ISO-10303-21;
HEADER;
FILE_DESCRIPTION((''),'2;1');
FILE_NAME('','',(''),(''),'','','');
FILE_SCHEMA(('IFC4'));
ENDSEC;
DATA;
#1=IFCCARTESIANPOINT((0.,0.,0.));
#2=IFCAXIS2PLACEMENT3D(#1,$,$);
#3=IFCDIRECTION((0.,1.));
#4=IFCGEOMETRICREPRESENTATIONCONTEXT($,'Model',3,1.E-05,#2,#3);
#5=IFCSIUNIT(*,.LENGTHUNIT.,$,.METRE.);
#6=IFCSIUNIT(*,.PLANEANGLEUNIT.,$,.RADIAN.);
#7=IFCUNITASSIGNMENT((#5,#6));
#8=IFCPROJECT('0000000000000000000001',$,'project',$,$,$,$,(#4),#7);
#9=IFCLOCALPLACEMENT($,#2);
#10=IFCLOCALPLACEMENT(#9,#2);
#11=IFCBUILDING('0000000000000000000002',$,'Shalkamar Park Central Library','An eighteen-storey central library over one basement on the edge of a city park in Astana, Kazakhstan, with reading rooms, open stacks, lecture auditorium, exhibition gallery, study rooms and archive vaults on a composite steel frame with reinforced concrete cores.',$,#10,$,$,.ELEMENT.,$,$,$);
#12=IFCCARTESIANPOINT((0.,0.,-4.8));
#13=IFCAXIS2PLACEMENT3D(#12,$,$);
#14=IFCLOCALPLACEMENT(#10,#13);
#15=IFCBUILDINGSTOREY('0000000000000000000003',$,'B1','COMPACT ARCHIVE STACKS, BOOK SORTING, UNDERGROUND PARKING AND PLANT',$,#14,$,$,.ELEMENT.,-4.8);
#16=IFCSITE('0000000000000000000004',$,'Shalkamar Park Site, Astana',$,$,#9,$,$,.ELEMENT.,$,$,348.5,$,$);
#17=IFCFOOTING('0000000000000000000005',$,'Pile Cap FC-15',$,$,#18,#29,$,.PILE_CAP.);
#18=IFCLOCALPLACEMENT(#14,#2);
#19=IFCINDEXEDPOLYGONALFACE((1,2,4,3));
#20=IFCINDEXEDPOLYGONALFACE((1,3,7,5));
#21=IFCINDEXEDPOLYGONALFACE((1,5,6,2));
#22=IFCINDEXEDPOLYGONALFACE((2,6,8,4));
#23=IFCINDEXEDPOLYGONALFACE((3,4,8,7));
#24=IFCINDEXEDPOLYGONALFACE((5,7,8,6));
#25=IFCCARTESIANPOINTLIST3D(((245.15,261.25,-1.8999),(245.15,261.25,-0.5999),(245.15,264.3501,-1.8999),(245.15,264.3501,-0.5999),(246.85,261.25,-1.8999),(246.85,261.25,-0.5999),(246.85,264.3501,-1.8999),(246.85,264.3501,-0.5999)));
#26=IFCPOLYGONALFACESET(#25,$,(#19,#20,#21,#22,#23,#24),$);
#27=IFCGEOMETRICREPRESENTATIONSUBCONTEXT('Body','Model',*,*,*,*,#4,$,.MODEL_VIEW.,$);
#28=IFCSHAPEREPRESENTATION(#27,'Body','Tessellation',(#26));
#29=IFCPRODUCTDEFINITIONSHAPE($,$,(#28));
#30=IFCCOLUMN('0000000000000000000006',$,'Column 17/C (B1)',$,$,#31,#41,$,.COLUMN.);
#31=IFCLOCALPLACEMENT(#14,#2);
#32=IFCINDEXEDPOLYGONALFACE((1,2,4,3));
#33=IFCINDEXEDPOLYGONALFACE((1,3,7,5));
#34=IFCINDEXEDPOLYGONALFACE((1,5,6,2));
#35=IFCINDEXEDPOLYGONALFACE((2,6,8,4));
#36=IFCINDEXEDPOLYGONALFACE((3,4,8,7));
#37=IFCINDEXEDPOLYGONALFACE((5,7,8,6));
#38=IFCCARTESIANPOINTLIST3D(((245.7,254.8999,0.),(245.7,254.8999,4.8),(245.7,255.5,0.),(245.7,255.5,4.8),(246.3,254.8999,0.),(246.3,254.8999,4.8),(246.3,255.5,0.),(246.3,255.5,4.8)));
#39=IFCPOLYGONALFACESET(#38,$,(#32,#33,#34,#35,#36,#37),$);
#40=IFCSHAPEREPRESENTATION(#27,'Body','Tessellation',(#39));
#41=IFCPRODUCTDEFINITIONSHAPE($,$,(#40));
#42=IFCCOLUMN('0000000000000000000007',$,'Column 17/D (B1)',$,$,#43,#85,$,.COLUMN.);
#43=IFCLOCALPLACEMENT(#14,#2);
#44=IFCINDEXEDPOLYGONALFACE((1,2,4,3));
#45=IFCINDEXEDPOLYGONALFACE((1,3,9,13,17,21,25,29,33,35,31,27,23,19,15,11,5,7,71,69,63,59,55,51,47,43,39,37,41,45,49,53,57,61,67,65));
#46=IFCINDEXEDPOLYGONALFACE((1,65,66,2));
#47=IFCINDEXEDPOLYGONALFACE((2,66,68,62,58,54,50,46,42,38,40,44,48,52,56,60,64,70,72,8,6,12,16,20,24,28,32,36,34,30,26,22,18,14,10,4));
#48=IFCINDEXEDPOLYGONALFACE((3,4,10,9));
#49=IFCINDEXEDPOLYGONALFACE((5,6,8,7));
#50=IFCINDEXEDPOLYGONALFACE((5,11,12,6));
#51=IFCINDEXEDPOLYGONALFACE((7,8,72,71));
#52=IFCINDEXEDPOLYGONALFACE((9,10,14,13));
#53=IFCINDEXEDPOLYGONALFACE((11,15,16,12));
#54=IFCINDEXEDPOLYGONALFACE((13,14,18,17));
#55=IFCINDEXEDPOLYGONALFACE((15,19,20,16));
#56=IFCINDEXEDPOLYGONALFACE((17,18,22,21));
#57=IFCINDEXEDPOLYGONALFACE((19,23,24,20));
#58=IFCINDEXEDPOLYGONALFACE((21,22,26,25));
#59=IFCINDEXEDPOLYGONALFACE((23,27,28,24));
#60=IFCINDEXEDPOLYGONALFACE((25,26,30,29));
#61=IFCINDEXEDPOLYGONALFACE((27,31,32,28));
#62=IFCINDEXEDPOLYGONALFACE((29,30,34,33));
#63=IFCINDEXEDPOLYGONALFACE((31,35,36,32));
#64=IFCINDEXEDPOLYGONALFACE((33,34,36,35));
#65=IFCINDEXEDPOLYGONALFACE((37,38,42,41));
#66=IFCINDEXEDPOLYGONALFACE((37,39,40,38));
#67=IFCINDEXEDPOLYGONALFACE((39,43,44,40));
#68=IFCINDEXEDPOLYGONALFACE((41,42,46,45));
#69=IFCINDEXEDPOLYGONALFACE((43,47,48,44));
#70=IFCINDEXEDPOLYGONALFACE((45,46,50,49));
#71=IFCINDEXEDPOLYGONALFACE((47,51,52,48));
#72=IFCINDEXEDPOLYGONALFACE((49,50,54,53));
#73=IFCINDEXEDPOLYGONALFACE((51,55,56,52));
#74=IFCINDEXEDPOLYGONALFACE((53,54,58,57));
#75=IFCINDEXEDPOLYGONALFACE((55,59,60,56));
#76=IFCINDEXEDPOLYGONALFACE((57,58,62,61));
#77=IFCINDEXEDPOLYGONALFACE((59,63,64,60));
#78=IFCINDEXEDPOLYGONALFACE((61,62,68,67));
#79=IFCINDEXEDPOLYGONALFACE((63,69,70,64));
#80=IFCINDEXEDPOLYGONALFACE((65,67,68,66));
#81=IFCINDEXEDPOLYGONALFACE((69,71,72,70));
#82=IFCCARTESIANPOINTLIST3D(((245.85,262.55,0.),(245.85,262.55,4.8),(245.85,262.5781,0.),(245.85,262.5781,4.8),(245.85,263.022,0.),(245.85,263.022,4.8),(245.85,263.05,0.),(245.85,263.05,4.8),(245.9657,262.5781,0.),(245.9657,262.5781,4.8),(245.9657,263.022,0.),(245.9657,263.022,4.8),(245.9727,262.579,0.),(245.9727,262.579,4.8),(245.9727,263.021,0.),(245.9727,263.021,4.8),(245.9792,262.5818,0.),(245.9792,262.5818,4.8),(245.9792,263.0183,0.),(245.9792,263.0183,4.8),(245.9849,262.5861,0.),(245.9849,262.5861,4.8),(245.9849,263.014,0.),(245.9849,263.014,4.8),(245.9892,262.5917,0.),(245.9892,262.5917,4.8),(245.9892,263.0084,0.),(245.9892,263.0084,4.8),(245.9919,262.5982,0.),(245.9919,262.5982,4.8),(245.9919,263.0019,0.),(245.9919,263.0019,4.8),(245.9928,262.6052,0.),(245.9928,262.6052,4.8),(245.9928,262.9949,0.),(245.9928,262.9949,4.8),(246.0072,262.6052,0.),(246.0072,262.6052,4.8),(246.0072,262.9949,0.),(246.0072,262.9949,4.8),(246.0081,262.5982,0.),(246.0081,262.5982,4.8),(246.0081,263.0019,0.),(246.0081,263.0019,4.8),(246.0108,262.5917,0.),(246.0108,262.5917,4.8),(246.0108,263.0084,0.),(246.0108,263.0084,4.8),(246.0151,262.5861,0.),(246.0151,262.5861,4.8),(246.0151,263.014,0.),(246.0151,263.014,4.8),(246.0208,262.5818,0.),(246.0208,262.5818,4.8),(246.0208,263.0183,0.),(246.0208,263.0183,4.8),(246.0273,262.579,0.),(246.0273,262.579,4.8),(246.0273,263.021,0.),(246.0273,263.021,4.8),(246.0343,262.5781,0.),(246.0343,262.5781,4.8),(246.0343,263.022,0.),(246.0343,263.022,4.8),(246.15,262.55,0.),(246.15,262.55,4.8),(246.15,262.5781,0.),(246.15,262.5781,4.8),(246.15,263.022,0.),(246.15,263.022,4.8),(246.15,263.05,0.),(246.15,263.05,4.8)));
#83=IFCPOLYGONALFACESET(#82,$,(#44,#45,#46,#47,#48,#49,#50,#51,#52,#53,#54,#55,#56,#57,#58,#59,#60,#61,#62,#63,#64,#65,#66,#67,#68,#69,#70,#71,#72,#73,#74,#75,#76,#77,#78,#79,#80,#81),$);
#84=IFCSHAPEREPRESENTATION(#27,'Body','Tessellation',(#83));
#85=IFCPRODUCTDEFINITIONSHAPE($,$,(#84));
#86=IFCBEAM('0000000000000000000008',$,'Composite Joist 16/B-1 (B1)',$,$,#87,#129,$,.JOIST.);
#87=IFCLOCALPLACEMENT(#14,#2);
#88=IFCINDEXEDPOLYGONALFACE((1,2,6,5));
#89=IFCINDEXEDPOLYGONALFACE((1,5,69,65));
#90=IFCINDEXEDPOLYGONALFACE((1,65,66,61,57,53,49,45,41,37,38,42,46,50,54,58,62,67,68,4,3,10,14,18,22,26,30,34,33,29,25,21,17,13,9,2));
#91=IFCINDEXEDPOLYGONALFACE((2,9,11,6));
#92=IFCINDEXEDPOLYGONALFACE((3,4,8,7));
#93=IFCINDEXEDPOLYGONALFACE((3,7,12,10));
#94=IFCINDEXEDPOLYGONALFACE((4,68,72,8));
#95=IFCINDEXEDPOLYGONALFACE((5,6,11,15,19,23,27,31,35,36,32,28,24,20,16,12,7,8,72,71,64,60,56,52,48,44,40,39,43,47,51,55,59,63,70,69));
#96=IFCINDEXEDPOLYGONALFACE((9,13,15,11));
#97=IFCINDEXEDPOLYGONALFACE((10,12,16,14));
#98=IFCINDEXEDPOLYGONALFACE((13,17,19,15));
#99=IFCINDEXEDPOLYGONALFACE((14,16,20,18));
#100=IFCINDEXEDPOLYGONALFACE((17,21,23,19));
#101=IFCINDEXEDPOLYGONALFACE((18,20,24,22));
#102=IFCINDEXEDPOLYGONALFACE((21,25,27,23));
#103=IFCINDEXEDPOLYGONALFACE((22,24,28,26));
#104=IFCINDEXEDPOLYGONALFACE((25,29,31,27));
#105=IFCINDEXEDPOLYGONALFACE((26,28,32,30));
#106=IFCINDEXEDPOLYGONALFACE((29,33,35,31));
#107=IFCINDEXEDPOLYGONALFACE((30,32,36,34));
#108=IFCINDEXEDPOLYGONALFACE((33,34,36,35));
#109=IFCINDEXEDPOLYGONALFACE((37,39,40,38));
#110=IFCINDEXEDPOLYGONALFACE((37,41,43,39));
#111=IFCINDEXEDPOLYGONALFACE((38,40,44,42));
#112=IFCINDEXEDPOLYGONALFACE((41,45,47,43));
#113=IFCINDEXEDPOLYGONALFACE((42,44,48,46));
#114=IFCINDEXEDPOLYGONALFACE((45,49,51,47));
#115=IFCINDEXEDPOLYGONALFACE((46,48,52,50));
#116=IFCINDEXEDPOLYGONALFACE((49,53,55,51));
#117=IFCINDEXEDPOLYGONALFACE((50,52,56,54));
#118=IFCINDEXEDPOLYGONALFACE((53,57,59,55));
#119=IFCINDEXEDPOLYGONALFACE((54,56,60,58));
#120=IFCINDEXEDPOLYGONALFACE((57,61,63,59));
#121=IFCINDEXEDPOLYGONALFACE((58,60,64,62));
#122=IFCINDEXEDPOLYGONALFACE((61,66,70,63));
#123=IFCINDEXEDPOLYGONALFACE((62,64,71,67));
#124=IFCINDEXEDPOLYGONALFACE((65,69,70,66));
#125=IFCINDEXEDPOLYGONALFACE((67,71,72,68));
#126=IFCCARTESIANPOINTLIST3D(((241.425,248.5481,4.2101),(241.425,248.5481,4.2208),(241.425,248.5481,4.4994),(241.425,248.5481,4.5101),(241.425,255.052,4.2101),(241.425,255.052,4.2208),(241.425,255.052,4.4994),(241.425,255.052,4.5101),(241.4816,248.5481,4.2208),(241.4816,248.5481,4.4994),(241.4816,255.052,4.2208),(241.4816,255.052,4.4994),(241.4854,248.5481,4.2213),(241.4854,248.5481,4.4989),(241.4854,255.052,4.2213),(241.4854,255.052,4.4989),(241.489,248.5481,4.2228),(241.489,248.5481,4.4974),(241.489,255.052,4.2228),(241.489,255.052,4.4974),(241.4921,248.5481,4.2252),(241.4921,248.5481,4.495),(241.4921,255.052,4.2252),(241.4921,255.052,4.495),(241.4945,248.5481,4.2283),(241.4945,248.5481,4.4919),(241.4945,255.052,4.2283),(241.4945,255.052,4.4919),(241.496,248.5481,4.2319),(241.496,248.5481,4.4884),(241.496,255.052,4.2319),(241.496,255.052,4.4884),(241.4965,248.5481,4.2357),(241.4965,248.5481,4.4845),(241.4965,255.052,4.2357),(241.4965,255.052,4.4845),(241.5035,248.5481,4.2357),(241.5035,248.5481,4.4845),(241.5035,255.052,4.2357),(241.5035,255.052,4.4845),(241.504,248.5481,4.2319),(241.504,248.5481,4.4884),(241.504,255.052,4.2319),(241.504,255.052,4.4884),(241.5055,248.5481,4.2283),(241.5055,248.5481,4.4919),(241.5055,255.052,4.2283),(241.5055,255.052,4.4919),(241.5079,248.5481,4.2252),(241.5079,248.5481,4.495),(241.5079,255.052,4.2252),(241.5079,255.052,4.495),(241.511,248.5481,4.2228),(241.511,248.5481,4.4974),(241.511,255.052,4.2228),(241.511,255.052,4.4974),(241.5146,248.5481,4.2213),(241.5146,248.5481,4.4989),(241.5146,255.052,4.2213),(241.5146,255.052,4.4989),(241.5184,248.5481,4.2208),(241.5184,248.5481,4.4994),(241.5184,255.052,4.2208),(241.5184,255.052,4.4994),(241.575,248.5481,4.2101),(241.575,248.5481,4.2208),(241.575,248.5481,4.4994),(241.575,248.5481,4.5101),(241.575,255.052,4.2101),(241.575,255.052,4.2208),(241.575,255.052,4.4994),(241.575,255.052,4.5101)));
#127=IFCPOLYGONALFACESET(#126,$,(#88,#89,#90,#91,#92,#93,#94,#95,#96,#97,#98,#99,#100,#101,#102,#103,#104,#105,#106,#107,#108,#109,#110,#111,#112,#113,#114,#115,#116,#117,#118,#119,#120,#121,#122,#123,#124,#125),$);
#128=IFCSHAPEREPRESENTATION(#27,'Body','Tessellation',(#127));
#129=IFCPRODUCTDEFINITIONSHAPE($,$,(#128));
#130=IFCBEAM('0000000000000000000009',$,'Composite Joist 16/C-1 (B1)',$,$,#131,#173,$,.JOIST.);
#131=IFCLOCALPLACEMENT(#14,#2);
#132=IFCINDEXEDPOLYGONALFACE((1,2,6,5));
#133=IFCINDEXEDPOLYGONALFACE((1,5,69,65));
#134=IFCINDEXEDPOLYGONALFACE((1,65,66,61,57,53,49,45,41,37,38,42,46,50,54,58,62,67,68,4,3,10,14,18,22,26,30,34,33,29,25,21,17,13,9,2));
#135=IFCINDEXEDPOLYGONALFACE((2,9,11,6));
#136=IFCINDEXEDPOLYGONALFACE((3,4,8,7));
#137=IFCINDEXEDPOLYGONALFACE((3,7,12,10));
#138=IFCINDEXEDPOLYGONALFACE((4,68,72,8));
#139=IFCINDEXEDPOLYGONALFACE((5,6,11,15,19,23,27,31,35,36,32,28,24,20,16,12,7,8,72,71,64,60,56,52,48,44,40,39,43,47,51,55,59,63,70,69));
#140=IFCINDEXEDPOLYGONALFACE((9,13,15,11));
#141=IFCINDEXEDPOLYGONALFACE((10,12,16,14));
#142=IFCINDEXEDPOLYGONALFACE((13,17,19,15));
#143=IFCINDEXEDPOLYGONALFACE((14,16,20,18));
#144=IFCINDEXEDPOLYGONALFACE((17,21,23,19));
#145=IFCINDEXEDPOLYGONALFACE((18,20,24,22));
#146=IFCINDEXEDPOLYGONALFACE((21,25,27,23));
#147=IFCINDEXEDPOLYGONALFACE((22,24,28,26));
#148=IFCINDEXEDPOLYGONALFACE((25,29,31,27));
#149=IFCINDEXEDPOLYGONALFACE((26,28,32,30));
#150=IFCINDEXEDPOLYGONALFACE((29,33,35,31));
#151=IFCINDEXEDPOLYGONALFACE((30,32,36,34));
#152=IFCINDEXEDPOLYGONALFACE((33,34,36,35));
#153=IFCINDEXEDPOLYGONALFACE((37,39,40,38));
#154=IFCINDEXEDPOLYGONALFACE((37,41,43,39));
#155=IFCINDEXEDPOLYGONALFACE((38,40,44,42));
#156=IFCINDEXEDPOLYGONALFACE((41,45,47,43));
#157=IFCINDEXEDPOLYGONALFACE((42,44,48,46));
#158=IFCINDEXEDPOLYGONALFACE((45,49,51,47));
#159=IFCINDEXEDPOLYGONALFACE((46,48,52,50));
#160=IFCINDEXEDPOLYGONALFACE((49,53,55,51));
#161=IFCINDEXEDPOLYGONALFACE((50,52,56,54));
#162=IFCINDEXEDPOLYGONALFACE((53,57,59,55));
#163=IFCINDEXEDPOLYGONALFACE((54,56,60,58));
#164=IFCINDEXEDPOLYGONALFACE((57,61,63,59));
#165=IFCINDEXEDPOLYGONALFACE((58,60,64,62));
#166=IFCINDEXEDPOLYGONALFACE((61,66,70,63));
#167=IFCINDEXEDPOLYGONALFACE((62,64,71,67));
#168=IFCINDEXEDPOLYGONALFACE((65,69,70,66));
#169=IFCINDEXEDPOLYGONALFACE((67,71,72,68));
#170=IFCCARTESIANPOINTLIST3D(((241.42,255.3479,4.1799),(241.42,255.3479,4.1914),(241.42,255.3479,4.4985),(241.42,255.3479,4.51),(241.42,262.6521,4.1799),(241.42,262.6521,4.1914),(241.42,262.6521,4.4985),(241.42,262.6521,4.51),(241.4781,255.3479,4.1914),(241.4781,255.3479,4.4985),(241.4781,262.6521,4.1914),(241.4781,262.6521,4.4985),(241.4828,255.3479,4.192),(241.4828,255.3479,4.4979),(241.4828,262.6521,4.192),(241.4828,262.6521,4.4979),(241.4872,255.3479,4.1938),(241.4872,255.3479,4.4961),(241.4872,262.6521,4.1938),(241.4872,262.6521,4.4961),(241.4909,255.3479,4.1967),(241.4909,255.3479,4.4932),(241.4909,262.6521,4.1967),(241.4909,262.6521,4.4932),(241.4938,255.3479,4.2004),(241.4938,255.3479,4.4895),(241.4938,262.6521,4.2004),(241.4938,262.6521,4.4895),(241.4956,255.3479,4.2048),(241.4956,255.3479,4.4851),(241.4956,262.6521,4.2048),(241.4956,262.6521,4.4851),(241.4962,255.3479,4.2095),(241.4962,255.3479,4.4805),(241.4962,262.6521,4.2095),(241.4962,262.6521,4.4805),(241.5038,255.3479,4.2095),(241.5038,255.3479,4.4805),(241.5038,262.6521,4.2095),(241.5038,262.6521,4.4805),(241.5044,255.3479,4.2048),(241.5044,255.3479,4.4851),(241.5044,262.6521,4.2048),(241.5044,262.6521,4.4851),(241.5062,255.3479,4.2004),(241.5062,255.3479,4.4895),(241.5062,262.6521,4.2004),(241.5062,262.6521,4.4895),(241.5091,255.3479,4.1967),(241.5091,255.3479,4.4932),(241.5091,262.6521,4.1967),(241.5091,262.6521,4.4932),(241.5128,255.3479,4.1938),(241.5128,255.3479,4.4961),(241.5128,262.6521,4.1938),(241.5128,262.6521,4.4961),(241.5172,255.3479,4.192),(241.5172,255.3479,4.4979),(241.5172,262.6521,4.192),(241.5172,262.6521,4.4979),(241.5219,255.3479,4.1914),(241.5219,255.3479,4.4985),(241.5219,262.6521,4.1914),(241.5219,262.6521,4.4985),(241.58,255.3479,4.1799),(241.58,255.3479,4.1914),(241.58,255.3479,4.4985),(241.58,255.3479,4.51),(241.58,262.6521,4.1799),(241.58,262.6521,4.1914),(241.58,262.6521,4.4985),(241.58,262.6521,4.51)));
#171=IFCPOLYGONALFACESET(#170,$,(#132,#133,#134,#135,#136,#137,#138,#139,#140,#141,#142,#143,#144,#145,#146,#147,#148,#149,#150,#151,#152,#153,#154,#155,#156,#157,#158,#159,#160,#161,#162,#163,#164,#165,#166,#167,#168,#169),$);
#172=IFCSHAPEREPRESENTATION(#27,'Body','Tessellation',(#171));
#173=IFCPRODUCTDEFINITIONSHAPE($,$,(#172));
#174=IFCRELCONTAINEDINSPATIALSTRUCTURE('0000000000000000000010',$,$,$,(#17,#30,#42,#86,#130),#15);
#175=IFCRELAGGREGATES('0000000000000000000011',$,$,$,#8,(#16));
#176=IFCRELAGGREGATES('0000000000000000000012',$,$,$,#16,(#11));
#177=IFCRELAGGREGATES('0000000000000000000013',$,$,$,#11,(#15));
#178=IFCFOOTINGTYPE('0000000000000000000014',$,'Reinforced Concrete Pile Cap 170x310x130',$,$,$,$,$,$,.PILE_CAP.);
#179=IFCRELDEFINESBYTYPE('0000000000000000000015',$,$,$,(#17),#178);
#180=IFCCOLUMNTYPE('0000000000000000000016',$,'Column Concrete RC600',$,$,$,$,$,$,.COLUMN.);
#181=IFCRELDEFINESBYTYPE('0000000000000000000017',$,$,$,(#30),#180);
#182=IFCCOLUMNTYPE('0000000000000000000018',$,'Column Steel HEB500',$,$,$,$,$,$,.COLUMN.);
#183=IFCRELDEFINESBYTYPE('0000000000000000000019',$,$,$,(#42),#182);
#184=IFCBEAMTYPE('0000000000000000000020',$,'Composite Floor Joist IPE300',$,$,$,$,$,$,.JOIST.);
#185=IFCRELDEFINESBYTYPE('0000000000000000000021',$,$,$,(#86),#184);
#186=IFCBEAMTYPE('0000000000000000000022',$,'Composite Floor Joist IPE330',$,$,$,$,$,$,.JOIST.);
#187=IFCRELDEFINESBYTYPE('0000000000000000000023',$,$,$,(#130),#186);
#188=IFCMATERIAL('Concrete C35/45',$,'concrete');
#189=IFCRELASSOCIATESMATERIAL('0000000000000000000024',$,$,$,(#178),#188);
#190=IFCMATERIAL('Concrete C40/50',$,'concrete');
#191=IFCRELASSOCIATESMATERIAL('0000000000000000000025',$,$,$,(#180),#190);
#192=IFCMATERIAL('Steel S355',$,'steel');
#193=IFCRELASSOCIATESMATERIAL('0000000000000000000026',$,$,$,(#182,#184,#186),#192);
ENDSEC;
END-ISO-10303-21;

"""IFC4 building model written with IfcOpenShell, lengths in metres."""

from ifc_helpers import new_model, si_unit, direction, frame, origin, origin_2d, place, context, subcontext, project, spatial, rectangle, i_section, extrude, material, material_profile, profile_set, type_object, element, save


model = new_model("IFC4")

# Units and contexts
model_context = context("Model", 3, precision=1e-05, world=origin(), true_north=direction((0.0, 1.0)))
body_context = subcontext(model_context, "Body", "Model", "MODEL_VIEW")
ifc_project = project(units=[si_unit("LENGTHUNIT", "METRE"), si_unit("PLANEANGLEUNIT", "RADIAN")], contexts=[model_context])

# Site, building, storey
site_placement = place(None, origin())
site = spatial("IfcSite", under=ifc_project, at=site_placement, Name="Shalkamar Park Site, Astana", CompositionType="ELEMENT", RefElevation=348.5)
building_placement = place(site_placement, origin())
building = spatial("IfcBuilding", under=site, at=building_placement, Name="Shalkamar Park Central Library", Description="An eighteen-storey central library over one basement on the edge of a city park in Astana, Kazakhstan, with reading rooms, open stacks, lecture auditorium, exhibition gallery, study rooms and archive vaults on a composite steel frame with reinforced concrete cores.", CompositionType="ELEMENT")
storey_placement = place(building_placement, frame((0.0, 0.0, -4.8)))
storey = spatial("IfcBuildingStorey", under=building, at=storey_placement, Name="B1", Description="COMPACT ARCHIVE STACKS, BOOK SORTING, UNDERGROUND PARKING AND PLANT", CompositionType="ELEMENT", Elevation=-4.8)

# Shared definitions
ifc_material_1 = material(Name="Concrete C35/45", Category="concrete")

# Footing
footing_type_1 = type_object("IfcFootingType", Name="Reinforced Concrete Pile Cap 170x310x130", PredefinedType="PILE_CAP", material=ifc_material_1)
footing_1_placement = place(storey_placement, frame((246.0, 262.8, -1.8999), z_axis=(0.0, 0.0, 1.0), x_axis=(1.0, 0.0, 0.0)))
element("IfcFooting", 1, at=footing_1_placement, inside=storey, type_object=footing_type_1, Name="Pile Cap FC-15", PredefinedType="PILE_CAP", context=body_context, shape_type="SweptSolid", body=[
    extrude(rectangle(XDim=1.7, YDim=3.1001, at=origin_2d()), origin(), (0.0, 0.0, 1.0), 1.3),
])

# Columns
ifc_material_2 = material(Name="Concrete C40/50", Category="concrete")
ifc_material_profile_1 = material_profile(ifc_material_2, rectangle(XDim=0.6001, YDim=0.6001, at=origin_2d()), Name="RC 600x600")
ifc_profile_set_1 = profile_set([ifc_material_profile_1], Name="Concrete C40/50")
column_type_1 = type_object("IfcColumnType", Name="Column Concrete RC600", PredefinedType="COLUMN", material=ifc_profile_set_1)
column_1_placement = place(storey_placement, frame((246.0, 255.2, 0.0), z_axis=(0.0, 0.0, 1.0), x_axis=(1.0, 0.0, 0.0)))
element("IfcColumn", 2, at=column_1_placement, inside=storey, type_object=column_type_1, Name="Column 17/C (B1)", PredefinedType="COLUMN", context=body_context, shape_type="SweptSolid", body=[
    extrude(rectangle(XDim=0.6001, YDim=0.6001, at=origin_2d()), origin(), (0.0, 0.0, 1.0), 4.8),
])
ifc_material_3 = material(Name="Steel S355", Category="steel")
ifc_material_profile_2 = material_profile(ifc_material_3, i_section(OverallWidth=0.3, OverallDepth=0.5, WebThickness=0.0144, FlangeThickness=0.0281, FilletRadius=0.0271, at=origin_2d()), Name="HEB 500")
ifc_profile_set_2 = profile_set([ifc_material_profile_2], Name="Steel S355")
column_type_2 = type_object("IfcColumnType", Name="Column Steel HEB500", PredefinedType="COLUMN", material=ifc_profile_set_2)
column_2_placement = place(storey_placement, frame((246.0, 262.8, 0.0), z_axis=(0.0, 0.0, 1.0), x_axis=(1.0, 0.0, 0.0)))
element("IfcColumn", 3, at=column_2_placement, inside=storey, type_object=column_type_2, Name="Column 17/D (B1)", PredefinedType="COLUMN", context=body_context, shape_type="SweptSolid", body=[
    extrude(i_section(OverallWidth=0.3, OverallDepth=0.5, WebThickness=0.0144, FlangeThickness=0.0281, FilletRadius=0.0271, at=origin_2d()), origin(), (0.0, 0.0, 1.0), 4.8),
])

# Beams
ifc_material_profile_3 = material_profile(ifc_material_3, i_section(OverallWidth=0.1499, OverallDepth=0.3, WebThickness=0.0071, FlangeThickness=0.0107, FilletRadius=0.0149, at=origin_2d()), Name="IPE 300")
ifc_profile_set_3 = profile_set([ifc_material_profile_3], Name="Steel S355")
beam_type_1 = type_object("IfcBeamType", Name="Composite Floor Joist IPE300", PredefinedType="JOIST", material=ifc_profile_set_3)
beam_1_placement = place(storey_placement, frame((241.5, 248.5481, 4.3601), z_axis=(0.0, 1.0, 0.0), x_axis=(-1.0, 0.0, 0.0)))
element("IfcBeam", 4, at=beam_1_placement, inside=storey, type_object=beam_type_1, Name="Composite Joist 16/B-1 (B1)", PredefinedType="JOIST", context=body_context, shape_type="SweptSolid", body=[
    extrude(i_section(OverallWidth=0.1499, OverallDepth=0.3, WebThickness=0.0071, FlangeThickness=0.0107, FilletRadius=0.0149, at=origin_2d()), origin(), (0.0, 0.0, 1.0), 6.5039),
])
ifc_material_profile_4 = material_profile(ifc_material_3, i_section(OverallWidth=0.1599, OverallDepth=0.3301, WebThickness=0.0076, FlangeThickness=0.0115, FilletRadius=0.0181, at=origin_2d()), Name="IPE 330")
ifc_profile_set_4 = profile_set([ifc_material_profile_4], Name="Steel S355")
beam_type_2 = type_object("IfcBeamType", Name="Composite Floor Joist IPE330", PredefinedType="JOIST", material=ifc_profile_set_4)
for number, where, z_axis, x_axis, name in (
    (5, (241.5, 255.3479, 4.345), (0.0, 1.0, 0.0), (-1.0, 0.0, 0.0), "Composite Joist 16/C-1 (B1)"),
):
    element("IfcBeam", number, at=place(storey_placement, frame(where, z_axis=z_axis, x_axis=x_axis)), inside=storey, type_object=beam_type_2, Name=name, PredefinedType="JOIST", context=body_context, shape_type="SweptSolid", body=[
        extrude(i_section(OverallWidth=0.1599, OverallDepth=0.3301, WebThickness=0.0076, FlangeThickness=0.0115, FilletRadius=0.0181, at=origin_2d()), origin(), (0.0, 0.0, 1.0), 7.3042),
    ])

save(model, "model.ifc")
